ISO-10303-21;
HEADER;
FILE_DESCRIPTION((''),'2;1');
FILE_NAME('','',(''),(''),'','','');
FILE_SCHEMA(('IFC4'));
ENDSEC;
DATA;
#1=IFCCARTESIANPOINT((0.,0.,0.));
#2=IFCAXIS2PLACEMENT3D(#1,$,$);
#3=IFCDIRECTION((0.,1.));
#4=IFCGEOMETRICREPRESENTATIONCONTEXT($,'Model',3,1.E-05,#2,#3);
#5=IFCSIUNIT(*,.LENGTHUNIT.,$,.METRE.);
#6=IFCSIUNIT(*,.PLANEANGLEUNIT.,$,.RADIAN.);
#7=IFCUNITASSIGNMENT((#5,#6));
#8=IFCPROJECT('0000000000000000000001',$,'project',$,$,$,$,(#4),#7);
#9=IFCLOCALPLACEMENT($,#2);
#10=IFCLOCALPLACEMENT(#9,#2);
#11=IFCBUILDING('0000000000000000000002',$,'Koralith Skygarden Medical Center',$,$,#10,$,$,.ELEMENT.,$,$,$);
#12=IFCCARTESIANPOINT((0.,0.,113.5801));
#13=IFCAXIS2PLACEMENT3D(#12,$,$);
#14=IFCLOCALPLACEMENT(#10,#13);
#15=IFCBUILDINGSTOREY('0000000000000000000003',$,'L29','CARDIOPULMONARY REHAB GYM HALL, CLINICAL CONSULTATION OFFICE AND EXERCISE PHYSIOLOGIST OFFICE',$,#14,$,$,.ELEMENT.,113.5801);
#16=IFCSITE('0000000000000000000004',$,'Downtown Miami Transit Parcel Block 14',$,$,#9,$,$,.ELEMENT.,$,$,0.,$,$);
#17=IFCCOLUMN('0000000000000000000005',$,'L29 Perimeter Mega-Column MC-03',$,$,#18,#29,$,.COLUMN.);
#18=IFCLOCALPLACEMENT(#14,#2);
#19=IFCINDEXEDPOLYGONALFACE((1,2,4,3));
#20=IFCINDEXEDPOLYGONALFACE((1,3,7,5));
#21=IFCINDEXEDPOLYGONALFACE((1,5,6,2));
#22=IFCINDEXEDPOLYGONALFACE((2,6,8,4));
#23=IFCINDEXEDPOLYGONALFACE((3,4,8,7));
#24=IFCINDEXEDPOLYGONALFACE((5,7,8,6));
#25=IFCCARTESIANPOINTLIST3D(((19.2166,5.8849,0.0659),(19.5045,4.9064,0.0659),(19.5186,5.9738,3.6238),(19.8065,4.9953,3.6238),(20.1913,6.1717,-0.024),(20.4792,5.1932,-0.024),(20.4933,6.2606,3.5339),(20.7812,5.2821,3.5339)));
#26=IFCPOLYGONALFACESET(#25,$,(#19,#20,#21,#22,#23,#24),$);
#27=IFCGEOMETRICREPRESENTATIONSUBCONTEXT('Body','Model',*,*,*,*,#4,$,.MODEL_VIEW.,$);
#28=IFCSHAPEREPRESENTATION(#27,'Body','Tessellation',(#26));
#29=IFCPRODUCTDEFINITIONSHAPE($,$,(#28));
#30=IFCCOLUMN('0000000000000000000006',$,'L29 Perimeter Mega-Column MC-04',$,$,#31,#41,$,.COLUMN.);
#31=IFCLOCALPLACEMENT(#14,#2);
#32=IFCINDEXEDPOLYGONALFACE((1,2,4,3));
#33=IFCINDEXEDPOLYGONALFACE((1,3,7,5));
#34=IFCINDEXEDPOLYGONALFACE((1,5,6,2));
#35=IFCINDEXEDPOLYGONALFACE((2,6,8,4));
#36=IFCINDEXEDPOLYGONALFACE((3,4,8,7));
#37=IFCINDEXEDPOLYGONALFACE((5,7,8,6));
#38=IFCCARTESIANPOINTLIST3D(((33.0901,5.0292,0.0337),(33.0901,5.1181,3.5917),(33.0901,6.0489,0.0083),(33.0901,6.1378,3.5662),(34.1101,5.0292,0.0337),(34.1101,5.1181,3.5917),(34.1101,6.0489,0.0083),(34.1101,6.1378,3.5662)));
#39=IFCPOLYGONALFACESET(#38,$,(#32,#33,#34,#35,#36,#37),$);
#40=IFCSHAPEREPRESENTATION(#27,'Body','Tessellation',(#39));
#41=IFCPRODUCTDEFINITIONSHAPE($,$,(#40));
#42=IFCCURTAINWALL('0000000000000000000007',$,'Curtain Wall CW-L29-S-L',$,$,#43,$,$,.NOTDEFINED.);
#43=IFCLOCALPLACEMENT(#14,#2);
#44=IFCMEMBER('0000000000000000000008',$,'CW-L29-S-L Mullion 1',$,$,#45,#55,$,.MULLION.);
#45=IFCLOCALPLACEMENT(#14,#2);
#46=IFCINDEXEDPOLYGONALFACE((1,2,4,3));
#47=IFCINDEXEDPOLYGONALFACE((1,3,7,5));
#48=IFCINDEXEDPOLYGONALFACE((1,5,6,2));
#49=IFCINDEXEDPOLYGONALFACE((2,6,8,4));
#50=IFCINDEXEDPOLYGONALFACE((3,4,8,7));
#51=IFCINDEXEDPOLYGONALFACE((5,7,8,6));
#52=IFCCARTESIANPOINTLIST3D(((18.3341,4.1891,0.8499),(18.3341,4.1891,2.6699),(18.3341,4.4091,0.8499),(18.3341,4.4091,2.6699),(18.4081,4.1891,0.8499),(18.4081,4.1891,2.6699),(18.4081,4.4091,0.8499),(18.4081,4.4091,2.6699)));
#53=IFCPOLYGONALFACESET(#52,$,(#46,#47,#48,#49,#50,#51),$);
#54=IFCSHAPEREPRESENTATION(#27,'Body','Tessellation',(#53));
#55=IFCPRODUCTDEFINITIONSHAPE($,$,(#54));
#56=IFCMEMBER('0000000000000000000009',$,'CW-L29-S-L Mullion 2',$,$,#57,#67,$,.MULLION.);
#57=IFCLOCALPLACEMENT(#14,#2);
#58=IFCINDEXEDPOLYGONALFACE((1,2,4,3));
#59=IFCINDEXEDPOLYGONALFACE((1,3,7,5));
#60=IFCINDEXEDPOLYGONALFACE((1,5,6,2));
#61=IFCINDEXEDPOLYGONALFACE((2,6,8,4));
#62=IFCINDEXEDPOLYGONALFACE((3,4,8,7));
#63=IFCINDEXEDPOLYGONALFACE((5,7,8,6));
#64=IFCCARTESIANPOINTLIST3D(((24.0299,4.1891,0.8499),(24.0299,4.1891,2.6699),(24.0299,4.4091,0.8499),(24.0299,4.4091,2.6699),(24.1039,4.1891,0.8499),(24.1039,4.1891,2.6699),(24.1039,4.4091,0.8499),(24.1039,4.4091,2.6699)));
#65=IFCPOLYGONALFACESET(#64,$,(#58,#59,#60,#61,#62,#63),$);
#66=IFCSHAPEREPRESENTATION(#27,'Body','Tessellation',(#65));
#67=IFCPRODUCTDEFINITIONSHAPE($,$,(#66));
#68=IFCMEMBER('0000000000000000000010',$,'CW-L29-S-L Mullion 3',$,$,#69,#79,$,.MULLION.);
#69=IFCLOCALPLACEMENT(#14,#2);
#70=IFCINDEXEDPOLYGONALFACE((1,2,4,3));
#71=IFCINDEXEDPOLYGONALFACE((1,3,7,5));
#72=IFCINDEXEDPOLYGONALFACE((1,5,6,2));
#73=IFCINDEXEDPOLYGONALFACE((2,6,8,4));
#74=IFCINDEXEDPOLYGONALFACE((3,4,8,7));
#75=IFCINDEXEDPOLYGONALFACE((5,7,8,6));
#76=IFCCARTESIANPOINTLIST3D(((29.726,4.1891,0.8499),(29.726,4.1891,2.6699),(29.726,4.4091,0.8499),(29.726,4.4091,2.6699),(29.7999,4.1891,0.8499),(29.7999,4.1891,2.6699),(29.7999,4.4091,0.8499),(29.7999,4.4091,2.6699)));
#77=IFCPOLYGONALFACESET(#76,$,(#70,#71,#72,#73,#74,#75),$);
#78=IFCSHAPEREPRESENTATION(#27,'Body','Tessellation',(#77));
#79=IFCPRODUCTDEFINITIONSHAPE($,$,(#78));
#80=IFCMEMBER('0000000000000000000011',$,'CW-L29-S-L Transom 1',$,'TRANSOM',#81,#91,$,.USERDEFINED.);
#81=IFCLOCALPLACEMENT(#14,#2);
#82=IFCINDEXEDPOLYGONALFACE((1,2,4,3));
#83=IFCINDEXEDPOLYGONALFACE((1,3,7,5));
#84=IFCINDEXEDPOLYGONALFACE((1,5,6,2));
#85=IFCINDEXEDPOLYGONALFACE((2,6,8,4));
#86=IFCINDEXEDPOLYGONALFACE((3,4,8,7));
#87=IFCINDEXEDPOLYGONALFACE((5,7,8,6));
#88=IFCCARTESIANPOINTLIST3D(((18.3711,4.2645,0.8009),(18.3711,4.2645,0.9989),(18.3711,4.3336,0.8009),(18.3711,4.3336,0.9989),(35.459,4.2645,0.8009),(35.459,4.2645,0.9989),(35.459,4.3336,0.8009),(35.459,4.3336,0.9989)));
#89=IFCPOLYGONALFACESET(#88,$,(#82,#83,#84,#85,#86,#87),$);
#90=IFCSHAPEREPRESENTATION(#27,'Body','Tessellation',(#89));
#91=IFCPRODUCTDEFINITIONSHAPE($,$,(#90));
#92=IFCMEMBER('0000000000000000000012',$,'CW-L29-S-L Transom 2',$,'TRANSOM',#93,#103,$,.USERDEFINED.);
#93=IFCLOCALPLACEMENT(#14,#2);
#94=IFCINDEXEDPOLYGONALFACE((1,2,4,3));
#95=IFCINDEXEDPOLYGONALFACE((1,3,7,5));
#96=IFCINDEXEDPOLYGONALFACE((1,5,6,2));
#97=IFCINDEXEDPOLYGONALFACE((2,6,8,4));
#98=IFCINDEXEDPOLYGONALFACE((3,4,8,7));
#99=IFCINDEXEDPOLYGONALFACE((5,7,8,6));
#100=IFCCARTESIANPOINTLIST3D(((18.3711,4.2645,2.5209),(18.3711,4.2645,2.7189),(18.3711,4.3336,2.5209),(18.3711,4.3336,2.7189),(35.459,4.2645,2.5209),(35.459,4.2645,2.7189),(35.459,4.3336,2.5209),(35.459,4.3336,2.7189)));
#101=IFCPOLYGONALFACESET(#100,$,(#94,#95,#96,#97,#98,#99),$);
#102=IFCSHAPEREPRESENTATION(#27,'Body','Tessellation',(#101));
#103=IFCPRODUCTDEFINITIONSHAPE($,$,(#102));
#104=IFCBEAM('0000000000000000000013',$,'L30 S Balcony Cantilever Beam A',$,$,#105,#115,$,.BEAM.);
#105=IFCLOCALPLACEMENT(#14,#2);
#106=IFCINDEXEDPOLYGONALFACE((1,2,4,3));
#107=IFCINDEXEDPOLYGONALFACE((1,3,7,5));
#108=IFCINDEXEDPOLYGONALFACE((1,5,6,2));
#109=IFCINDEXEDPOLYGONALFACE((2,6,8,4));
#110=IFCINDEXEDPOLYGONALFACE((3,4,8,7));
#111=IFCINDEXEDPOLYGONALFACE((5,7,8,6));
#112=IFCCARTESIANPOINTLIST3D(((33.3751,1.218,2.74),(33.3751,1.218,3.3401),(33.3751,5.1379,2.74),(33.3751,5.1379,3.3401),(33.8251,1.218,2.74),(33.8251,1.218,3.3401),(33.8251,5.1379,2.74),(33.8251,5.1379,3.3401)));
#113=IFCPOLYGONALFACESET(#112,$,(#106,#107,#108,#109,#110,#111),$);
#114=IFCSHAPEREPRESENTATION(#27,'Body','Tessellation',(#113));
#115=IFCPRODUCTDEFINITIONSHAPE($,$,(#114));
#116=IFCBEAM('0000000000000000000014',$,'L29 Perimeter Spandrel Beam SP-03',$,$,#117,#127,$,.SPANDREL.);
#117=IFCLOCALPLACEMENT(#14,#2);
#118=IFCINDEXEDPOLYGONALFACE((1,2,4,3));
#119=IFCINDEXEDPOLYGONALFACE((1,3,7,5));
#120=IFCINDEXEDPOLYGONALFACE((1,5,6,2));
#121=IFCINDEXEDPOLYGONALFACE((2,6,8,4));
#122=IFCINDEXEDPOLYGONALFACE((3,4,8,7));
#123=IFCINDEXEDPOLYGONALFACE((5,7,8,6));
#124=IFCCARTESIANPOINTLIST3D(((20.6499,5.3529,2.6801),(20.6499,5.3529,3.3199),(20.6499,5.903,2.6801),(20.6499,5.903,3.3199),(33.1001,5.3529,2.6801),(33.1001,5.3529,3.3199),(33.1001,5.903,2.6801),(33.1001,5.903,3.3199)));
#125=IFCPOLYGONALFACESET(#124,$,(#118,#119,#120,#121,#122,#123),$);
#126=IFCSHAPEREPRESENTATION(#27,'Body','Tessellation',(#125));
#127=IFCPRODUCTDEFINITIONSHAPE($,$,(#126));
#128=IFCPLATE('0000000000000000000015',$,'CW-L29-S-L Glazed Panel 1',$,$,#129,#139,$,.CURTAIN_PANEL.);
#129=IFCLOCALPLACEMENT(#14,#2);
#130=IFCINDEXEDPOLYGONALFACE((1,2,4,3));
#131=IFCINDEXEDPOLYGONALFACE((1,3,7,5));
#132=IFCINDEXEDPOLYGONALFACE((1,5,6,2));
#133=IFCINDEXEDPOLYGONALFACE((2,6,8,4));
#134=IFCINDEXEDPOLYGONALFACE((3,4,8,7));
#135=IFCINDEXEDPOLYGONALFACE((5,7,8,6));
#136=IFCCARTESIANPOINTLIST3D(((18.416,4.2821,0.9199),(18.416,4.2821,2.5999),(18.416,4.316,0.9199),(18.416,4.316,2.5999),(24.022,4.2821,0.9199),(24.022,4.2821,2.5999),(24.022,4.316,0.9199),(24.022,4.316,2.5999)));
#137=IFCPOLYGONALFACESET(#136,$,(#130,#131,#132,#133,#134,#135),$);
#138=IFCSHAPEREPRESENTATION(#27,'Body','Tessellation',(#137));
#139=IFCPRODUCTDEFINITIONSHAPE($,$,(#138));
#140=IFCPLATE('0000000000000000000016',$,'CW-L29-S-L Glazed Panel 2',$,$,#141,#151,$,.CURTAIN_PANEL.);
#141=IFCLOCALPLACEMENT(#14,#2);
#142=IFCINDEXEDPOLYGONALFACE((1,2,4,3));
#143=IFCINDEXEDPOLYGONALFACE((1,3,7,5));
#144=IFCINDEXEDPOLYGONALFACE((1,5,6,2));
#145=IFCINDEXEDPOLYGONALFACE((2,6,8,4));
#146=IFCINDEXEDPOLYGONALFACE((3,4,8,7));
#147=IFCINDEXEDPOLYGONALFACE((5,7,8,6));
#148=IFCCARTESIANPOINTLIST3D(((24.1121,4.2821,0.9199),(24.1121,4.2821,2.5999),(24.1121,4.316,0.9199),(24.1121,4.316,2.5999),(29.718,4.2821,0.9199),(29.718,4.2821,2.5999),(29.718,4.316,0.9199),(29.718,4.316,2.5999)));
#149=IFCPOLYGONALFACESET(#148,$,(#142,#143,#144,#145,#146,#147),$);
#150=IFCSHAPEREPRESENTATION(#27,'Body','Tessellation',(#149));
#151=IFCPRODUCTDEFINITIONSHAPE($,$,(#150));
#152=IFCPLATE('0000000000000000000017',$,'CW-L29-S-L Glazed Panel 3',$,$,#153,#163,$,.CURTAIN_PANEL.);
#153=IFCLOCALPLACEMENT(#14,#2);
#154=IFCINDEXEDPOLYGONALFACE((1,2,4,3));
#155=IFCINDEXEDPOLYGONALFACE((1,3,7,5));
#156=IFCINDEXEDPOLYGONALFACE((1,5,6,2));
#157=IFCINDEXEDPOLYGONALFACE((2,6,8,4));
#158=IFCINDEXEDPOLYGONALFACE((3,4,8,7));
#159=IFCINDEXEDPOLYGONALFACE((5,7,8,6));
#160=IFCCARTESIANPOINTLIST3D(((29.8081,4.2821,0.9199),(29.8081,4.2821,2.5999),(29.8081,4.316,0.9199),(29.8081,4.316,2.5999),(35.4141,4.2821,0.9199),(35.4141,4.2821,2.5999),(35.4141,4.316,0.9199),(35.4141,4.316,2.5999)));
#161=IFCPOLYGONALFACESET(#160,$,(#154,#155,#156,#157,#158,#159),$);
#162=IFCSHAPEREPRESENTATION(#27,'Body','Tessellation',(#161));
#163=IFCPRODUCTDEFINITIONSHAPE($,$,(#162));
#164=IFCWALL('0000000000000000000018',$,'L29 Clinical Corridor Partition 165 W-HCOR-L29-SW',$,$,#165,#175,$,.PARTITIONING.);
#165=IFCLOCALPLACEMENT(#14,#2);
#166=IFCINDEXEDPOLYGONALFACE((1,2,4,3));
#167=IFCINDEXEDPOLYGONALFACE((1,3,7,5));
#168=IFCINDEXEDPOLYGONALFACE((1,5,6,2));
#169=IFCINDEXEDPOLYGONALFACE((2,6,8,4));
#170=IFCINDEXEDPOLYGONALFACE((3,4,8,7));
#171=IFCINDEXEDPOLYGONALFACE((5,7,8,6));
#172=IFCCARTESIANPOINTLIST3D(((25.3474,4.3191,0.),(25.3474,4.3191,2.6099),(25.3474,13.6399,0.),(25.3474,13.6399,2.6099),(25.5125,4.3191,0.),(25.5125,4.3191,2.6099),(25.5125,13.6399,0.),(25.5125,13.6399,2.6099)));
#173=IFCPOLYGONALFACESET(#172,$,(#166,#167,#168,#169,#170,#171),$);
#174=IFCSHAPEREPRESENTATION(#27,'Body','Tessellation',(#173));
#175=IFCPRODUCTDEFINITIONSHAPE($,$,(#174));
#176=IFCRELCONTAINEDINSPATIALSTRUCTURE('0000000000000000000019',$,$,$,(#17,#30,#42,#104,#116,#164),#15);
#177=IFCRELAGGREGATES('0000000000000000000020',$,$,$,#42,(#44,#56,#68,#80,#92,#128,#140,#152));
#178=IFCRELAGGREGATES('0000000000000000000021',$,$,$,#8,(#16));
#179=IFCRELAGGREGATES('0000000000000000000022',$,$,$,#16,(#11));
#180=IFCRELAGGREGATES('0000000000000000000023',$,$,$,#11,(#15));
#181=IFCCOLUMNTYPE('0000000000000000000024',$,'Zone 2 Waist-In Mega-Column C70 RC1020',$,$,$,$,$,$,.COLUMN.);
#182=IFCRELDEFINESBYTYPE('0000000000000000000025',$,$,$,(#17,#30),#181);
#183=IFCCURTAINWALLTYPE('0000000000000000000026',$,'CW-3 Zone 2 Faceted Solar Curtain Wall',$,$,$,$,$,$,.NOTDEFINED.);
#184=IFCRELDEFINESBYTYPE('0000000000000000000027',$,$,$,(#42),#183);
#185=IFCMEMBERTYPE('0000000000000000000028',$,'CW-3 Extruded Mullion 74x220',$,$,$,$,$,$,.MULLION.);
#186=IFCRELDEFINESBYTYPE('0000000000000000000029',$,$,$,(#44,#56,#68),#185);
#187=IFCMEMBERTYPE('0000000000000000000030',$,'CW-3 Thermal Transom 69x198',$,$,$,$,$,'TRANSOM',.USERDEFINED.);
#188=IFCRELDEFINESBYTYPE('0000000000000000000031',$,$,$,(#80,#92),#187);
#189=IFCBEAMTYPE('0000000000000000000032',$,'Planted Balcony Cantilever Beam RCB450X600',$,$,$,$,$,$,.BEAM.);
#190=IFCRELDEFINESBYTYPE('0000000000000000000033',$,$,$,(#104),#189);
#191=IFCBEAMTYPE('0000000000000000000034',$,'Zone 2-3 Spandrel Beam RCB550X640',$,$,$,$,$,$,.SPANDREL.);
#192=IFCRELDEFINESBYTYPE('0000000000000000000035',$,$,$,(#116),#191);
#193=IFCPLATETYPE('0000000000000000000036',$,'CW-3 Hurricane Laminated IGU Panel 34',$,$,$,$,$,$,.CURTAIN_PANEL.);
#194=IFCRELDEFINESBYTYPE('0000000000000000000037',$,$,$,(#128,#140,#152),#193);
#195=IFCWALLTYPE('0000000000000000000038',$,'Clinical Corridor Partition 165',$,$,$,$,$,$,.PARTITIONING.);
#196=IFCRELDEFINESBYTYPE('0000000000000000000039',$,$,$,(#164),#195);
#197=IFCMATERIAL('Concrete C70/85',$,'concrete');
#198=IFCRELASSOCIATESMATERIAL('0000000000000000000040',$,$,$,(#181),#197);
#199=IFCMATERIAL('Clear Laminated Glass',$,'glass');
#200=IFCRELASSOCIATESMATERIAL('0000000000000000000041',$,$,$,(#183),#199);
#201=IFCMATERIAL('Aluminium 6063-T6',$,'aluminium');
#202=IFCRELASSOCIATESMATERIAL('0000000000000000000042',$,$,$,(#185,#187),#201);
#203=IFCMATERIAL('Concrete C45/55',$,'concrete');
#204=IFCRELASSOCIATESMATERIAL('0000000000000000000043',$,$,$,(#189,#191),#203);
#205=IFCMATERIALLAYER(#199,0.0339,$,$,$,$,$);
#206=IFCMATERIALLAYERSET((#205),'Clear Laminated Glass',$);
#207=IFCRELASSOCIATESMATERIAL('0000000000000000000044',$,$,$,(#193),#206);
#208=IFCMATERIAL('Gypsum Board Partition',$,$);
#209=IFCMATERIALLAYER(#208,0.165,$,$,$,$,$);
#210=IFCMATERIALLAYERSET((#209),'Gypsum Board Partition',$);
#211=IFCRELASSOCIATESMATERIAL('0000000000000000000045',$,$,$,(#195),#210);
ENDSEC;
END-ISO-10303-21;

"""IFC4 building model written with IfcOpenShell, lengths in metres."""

from ifc_helpers import new_model, si_unit, direction, frame, frame_2d, origin, origin_2d, place, context, subcontext, project, spatial, rectangle, extrude, material, layer, layer_set, material_profile, profile_set, type_object, element, aggregate, save


model = new_model("IFC4")

# Units and contexts
model_context = context("Model", 3, precision=1e-05, world=origin(), true_north=direction((0.0, 1.0)))
body_context = subcontext(model_context, "Body", "Model", "MODEL_VIEW")
ifc_project = project(units=[si_unit("LENGTHUNIT", "METRE"), si_unit("PLANEANGLEUNIT", "RADIAN")], contexts=[model_context])

# Site, building, storey
site_placement = place(None, origin())
site = spatial("IfcSite", under=ifc_project, at=site_placement, Name="Downtown Miami Transit Parcel Block 14", CompositionType="ELEMENT", RefElevation=0.0)
building_placement = place(site_placement, origin())
building = spatial("IfcBuilding", under=site, at=building_placement, Name="Koralith Skygarden Medical Center", CompositionType="ELEMENT")
storey_placement = place(building_placement, frame((0.0, 0.0, 113.5801)))
storey = spatial("IfcBuildingStorey", under=building, at=storey_placement, Name="L29", Description="CARDIOPULMONARY REHAB GYM HALL, CLINICAL CONSULTATION OFFICE AND EXERCISE PHYSIOLOGIST OFFICE", CompositionType="ELEMENT", Elevation=113.5801)

# Columns
ifc_material_1 = material(Name="Concrete C70/85", Category="concrete")
ifc_material_profile_1 = material_profile(ifc_material_1, rectangle(XDim=1.02, YDim=1.02, at=origin_2d()), Name="RC1020X1020")
ifc_profile_set_1 = profile_set([ifc_material_profile_1], Name="Concrete C70/85")
column_type = type_object("IfcColumnType", Name="Zone 2 Waist-In Mega-Column C70 RC1020", PredefinedType="COLUMN", material=ifc_profile_set_1)
column_1_placement = place(storey_placement, frame((19.8479, 5.5391, 0.021), z_axis=(0.084553, 0.02488, 0.996108), x_axis=(-0.282292, 0.959328, 0.0)))
element("IfcColumn", 1, at=column_1_placement, inside=storey, type_object=column_type, Name="L29 Perimeter Mega-Column MC-03", PredefinedType="COLUMN", context=body_context, shape_type="SweptSolid", body=[
    extrude(rectangle(XDim=1.02, YDim=1.02, at=origin_2d()), origin(), (0.0, 0.0, 1.0), 3.5718),
])
column_2_placement = place(storey_placement, frame((33.6001, 5.5391, 0.021), z_axis=(0.0, 0.02497, 0.999688), x_axis=(-1.0, 0.0, 0.0)))
element("IfcColumn", 2, at=column_2_placement, inside=storey, type_object=column_type, Name="L29 Perimeter Mega-Column MC-04", PredefinedType="COLUMN", context=body_context, shape_type="SweptSolid", body=[
    extrude(rectangle(XDim=1.02, YDim=1.02, at=origin_2d()), origin(), (0.0, 0.0, 1.0), 3.5591),
])

# Curtain wall, members
ifc_material_2 = material(Name="Clear Laminated Glass", Category="glass")
curtain_wall_type = type_object("IfcCurtainWallType", Name="CW-3 Zone 2 Faceted Solar Curtain Wall", PredefinedType="NOTDEFINED", material=ifc_material_2)
curtain_wall_placement = place(storey_placement, origin())
curtain_wall = element("IfcCurtainWall", 3, at=curtain_wall_placement, inside=storey, type_object=curtain_wall_type, Name="Curtain Wall CW-L29-S-L", PredefinedType="NOTDEFINED")
ifc_material_3 = material(Name="Aluminium 6063-T6", Category="aluminium")
ifc_material_profile_2 = material_profile(ifc_material_3, rectangle(XDim=0.074, YDim=0.22, at=origin_2d()), Name="MUL74X220")
ifc_profile_set_2 = profile_set([ifc_material_profile_2], Name="Aluminium 6063-T6")
member_type_1 = type_object("IfcMemberType", Name="CW-3 Extruded Mullion 74x220", PredefinedType="MULLION", material=ifc_profile_set_2)
member_1_placement = place(storey_placement, frame((18.3711, 4.2991, 0.8499), z_axis=(0.0, 0.0, 1.0), x_axis=(1.0, 0.0, 0.0)))
member_1 = element("IfcMember", 4, at=member_1_placement, type_object=member_type_1, Name="CW-L29-S-L Mullion 1", PredefinedType="MULLION", context=body_context, shape_type="SweptSolid", body=[
    extrude(rectangle(XDim=0.074, YDim=0.22, at=origin_2d()), origin(), (0.0, 0.0, 1.0), 1.8201),
])
member_2_placement = place(storey_placement, frame((24.0669, 4.2991, 0.8499), z_axis=(0.0, 0.0, 1.0), x_axis=(1.0, 0.0, 0.0)))
member_2 = element("IfcMember", 5, at=member_2_placement, type_object=member_type_1, Name="CW-L29-S-L Mullion 2", PredefinedType="MULLION", context=body_context, shape_type="SweptSolid", body=[
    extrude(rectangle(XDim=0.074, YDim=0.22, at=origin_2d()), origin(), (0.0, 0.0, 1.0), 1.8201),
])
member_3_placement = place(storey_placement, frame((29.7629, 4.2991, 0.8499), z_axis=(0.0, 0.0, 1.0), x_axis=(1.0, 0.0, 0.0)))
member_3 = element("IfcMember", 6, at=member_3_placement, type_object=member_type_1, Name="CW-L29-S-L Mullion 3", PredefinedType="MULLION", context=body_context, shape_type="SweptSolid", body=[
    extrude(rectangle(XDim=0.074, YDim=0.22, at=origin_2d()), origin(), (0.0, 0.0, 1.0), 1.8201),
])
ifc_material_profile_3 = material_profile(ifc_material_3, rectangle(XDim=0.0691, YDim=0.198, at=origin_2d()), Name="TRN69X198")
ifc_profile_set_3 = profile_set([ifc_material_profile_3], Name="Aluminium 6063-T6")
member_type_2 = type_object("IfcMemberType", Name="CW-3 Thermal Transom 69x198", ElementType="TRANSOM", PredefinedType="USERDEFINED", material=ifc_profile_set_3)
member_4_placement = place(storey_placement, frame((18.3711, 4.2991, 0.8999), z_axis=(1.0, 0.0, 0.0), x_axis=(0.0, 1.0, 0.0)))
member_4 = element("IfcMember", 7, at=member_4_placement, type_object=member_type_2, Name="CW-L29-S-L Transom 1", ObjectType="TRANSOM", PredefinedType="USERDEFINED", context=body_context, shape_type="SweptSolid", body=[
    extrude(rectangle(XDim=0.0691, YDim=0.198, at=origin_2d()), origin(), (0.0, 0.0, 1.0), 17.0879),
])
member_5_placement = place(storey_placement, frame((18.3711, 4.2991, 2.6199), z_axis=(1.0, 0.0, 0.0), x_axis=(0.0, 1.0, 0.0)))
member_5 = element("IfcMember", 8, at=member_5_placement, type_object=member_type_2, Name="CW-L29-S-L Transom 2", ObjectType="TRANSOM", PredefinedType="USERDEFINED", context=body_context, shape_type="SweptSolid", body=[
    extrude(rectangle(XDim=0.0691, YDim=0.198, at=origin_2d()), origin(), (0.0, 0.0, 1.0), 17.0879),
])

# Beams
ifc_material_4 = material(Name="Concrete C45/55", Category="concrete")
ifc_material_profile_4 = material_profile(ifc_material_4, rectangle(XDim=0.45, YDim=0.6001, at=origin_2d()), Name="RCB450X600")
ifc_profile_set_4 = profile_set([ifc_material_profile_4], Name="Concrete C45/55")
beam_type_1 = type_object("IfcBeamType", Name="Planted Balcony Cantilever Beam RCB450X600", PredefinedType="BEAM", material=ifc_profile_set_4)
beam_1_placement = place(storey_placement, frame((33.6001, 5.1379, 3.04), z_axis=(0.0, -1.0, 0.0), x_axis=(1.0, 0.0, 0.0)))
element("IfcBeam", 9, at=beam_1_placement, inside=storey, type_object=beam_type_1, Name="L30 S Balcony Cantilever Beam A", PredefinedType="BEAM", context=body_context, shape_type="SweptSolid", body=[
    extrude(rectangle(XDim=0.45, YDim=0.6001, at=origin_2d()), origin(), (0.0, 0.0, 1.0), 3.9199),
])
ifc_material_profile_5 = material_profile(ifc_material_4, rectangle(XDim=0.55, YDim=0.6399, at=origin_2d()), Name="RCB550X640")
ifc_profile_set_5 = profile_set([ifc_material_profile_5], Name="Concrete C45/55")
beam_type_2 = type_object("IfcBeamType", Name="Zone 2-3 Spandrel Beam RCB550X640", PredefinedType="SPANDREL", material=ifc_profile_set_5)
beam_2_placement = place(storey_placement, frame((20.6499, 5.6279, 3.0), z_axis=(1.0, 0.0, 0.0), x_axis=(0.0, 1.0, 0.0)))
element("IfcBeam", 10, at=beam_2_placement, inside=storey, type_object=beam_type_2, Name="L29 Perimeter Spandrel Beam SP-03", PredefinedType="SPANDREL", context=body_context, shape_type="SweptSolid", body=[
    extrude(rectangle(XDim=0.55, YDim=0.6399, at=origin_2d()), origin(), (0.0, 0.0, 1.0), 12.4502),
])

# Plates
ifc_layer_1 = layer(ifc_material_2, 0.0339)
ifc_layer_set_1 = layer_set([ifc_layer_1], Name="Clear Laminated Glass")
plate_type = type_object("IfcPlateType", Name="CW-3 Hurricane Laminated IGU Panel 34", PredefinedType="CURTAIN_PANEL", material=ifc_layer_set_1)
plate_1_placement = place(storey_placement, frame((21.219, 4.2991, 0.9199), z_axis=(0.0, 0.0, 1.0), x_axis=(1.0, 0.0, 0.0)))
plate_1 = element("IfcPlate", 11, at=plate_1_placement, type_object=plate_type, Name="CW-L29-S-L Glazed Panel 1", PredefinedType="CURTAIN_PANEL", context=body_context, shape_type="SweptSolid", body=[
    extrude(rectangle(XDim=5.606, YDim=0.0339, at=origin_2d()), origin(), (0.0, 0.0, 1.0), 1.6799),
])
plate_2_placement = place(storey_placement, frame((26.915, 4.2991, 0.9199), z_axis=(0.0, 0.0, 1.0), x_axis=(1.0, 0.0, 0.0)))
plate_2 = element("IfcPlate", 12, at=plate_2_placement, type_object=plate_type, Name="CW-L29-S-L Glazed Panel 2", PredefinedType="CURTAIN_PANEL", context=body_context, shape_type="SweptSolid", body=[
    extrude(rectangle(XDim=5.606, YDim=0.0339, at=origin_2d()), origin(), (0.0, 0.0, 1.0), 1.6799),
])
plate_3_placement = place(storey_placement, frame((32.6111, 4.2991, 0.9199), z_axis=(0.0, 0.0, 1.0), x_axis=(1.0, 0.0, 0.0)))
plate_3 = element("IfcPlate", 13, at=plate_3_placement, type_object=plate_type, Name="CW-L29-S-L Glazed Panel 3", PredefinedType="CURTAIN_PANEL", context=body_context, shape_type="SweptSolid", body=[
    extrude(rectangle(XDim=5.606, YDim=0.0339, at=origin_2d()), origin(), (0.0, 0.0, 1.0), 1.6799),
])
aggregate(curtain_wall, [member_1, member_2, member_3, member_4, member_5, plate_1, plate_2, plate_3])

# Wall
ifc_material_5 = material(Name="Gypsum Board Partition")
ifc_layer_2 = layer(ifc_material_5, 0.165)
ifc_layer_set_2 = layer_set([ifc_layer_2], Name="Gypsum Board Partition")
wall_type_1 = type_object("IfcWallType", Name="Clinical Corridor Partition 165", PredefinedType="PARTITIONING", material=ifc_layer_set_2)
wall_1_placement = place(storey_placement, frame((25.4299, 4.3191, 0.0), z_axis=(0.0, 0.0, 1.0), x_axis=(0.0, 1.0, 0.0)))
element("IfcWall", 14, at=wall_1_placement, inside=storey, type_object=wall_type_1, Name="L29 Clinical Corridor Partition 165 W-HCOR-L29-SW", PredefinedType="PARTITIONING", context=body_context, shape_type="SweptSolid", body=[
    extrude(rectangle(XDim=9.3208, YDim=0.165, at=frame_2d((4.6604, 0.0))), origin(), (0.0, 0.0, 1.0), 2.6099),
])

save(model, "model.ifc")
